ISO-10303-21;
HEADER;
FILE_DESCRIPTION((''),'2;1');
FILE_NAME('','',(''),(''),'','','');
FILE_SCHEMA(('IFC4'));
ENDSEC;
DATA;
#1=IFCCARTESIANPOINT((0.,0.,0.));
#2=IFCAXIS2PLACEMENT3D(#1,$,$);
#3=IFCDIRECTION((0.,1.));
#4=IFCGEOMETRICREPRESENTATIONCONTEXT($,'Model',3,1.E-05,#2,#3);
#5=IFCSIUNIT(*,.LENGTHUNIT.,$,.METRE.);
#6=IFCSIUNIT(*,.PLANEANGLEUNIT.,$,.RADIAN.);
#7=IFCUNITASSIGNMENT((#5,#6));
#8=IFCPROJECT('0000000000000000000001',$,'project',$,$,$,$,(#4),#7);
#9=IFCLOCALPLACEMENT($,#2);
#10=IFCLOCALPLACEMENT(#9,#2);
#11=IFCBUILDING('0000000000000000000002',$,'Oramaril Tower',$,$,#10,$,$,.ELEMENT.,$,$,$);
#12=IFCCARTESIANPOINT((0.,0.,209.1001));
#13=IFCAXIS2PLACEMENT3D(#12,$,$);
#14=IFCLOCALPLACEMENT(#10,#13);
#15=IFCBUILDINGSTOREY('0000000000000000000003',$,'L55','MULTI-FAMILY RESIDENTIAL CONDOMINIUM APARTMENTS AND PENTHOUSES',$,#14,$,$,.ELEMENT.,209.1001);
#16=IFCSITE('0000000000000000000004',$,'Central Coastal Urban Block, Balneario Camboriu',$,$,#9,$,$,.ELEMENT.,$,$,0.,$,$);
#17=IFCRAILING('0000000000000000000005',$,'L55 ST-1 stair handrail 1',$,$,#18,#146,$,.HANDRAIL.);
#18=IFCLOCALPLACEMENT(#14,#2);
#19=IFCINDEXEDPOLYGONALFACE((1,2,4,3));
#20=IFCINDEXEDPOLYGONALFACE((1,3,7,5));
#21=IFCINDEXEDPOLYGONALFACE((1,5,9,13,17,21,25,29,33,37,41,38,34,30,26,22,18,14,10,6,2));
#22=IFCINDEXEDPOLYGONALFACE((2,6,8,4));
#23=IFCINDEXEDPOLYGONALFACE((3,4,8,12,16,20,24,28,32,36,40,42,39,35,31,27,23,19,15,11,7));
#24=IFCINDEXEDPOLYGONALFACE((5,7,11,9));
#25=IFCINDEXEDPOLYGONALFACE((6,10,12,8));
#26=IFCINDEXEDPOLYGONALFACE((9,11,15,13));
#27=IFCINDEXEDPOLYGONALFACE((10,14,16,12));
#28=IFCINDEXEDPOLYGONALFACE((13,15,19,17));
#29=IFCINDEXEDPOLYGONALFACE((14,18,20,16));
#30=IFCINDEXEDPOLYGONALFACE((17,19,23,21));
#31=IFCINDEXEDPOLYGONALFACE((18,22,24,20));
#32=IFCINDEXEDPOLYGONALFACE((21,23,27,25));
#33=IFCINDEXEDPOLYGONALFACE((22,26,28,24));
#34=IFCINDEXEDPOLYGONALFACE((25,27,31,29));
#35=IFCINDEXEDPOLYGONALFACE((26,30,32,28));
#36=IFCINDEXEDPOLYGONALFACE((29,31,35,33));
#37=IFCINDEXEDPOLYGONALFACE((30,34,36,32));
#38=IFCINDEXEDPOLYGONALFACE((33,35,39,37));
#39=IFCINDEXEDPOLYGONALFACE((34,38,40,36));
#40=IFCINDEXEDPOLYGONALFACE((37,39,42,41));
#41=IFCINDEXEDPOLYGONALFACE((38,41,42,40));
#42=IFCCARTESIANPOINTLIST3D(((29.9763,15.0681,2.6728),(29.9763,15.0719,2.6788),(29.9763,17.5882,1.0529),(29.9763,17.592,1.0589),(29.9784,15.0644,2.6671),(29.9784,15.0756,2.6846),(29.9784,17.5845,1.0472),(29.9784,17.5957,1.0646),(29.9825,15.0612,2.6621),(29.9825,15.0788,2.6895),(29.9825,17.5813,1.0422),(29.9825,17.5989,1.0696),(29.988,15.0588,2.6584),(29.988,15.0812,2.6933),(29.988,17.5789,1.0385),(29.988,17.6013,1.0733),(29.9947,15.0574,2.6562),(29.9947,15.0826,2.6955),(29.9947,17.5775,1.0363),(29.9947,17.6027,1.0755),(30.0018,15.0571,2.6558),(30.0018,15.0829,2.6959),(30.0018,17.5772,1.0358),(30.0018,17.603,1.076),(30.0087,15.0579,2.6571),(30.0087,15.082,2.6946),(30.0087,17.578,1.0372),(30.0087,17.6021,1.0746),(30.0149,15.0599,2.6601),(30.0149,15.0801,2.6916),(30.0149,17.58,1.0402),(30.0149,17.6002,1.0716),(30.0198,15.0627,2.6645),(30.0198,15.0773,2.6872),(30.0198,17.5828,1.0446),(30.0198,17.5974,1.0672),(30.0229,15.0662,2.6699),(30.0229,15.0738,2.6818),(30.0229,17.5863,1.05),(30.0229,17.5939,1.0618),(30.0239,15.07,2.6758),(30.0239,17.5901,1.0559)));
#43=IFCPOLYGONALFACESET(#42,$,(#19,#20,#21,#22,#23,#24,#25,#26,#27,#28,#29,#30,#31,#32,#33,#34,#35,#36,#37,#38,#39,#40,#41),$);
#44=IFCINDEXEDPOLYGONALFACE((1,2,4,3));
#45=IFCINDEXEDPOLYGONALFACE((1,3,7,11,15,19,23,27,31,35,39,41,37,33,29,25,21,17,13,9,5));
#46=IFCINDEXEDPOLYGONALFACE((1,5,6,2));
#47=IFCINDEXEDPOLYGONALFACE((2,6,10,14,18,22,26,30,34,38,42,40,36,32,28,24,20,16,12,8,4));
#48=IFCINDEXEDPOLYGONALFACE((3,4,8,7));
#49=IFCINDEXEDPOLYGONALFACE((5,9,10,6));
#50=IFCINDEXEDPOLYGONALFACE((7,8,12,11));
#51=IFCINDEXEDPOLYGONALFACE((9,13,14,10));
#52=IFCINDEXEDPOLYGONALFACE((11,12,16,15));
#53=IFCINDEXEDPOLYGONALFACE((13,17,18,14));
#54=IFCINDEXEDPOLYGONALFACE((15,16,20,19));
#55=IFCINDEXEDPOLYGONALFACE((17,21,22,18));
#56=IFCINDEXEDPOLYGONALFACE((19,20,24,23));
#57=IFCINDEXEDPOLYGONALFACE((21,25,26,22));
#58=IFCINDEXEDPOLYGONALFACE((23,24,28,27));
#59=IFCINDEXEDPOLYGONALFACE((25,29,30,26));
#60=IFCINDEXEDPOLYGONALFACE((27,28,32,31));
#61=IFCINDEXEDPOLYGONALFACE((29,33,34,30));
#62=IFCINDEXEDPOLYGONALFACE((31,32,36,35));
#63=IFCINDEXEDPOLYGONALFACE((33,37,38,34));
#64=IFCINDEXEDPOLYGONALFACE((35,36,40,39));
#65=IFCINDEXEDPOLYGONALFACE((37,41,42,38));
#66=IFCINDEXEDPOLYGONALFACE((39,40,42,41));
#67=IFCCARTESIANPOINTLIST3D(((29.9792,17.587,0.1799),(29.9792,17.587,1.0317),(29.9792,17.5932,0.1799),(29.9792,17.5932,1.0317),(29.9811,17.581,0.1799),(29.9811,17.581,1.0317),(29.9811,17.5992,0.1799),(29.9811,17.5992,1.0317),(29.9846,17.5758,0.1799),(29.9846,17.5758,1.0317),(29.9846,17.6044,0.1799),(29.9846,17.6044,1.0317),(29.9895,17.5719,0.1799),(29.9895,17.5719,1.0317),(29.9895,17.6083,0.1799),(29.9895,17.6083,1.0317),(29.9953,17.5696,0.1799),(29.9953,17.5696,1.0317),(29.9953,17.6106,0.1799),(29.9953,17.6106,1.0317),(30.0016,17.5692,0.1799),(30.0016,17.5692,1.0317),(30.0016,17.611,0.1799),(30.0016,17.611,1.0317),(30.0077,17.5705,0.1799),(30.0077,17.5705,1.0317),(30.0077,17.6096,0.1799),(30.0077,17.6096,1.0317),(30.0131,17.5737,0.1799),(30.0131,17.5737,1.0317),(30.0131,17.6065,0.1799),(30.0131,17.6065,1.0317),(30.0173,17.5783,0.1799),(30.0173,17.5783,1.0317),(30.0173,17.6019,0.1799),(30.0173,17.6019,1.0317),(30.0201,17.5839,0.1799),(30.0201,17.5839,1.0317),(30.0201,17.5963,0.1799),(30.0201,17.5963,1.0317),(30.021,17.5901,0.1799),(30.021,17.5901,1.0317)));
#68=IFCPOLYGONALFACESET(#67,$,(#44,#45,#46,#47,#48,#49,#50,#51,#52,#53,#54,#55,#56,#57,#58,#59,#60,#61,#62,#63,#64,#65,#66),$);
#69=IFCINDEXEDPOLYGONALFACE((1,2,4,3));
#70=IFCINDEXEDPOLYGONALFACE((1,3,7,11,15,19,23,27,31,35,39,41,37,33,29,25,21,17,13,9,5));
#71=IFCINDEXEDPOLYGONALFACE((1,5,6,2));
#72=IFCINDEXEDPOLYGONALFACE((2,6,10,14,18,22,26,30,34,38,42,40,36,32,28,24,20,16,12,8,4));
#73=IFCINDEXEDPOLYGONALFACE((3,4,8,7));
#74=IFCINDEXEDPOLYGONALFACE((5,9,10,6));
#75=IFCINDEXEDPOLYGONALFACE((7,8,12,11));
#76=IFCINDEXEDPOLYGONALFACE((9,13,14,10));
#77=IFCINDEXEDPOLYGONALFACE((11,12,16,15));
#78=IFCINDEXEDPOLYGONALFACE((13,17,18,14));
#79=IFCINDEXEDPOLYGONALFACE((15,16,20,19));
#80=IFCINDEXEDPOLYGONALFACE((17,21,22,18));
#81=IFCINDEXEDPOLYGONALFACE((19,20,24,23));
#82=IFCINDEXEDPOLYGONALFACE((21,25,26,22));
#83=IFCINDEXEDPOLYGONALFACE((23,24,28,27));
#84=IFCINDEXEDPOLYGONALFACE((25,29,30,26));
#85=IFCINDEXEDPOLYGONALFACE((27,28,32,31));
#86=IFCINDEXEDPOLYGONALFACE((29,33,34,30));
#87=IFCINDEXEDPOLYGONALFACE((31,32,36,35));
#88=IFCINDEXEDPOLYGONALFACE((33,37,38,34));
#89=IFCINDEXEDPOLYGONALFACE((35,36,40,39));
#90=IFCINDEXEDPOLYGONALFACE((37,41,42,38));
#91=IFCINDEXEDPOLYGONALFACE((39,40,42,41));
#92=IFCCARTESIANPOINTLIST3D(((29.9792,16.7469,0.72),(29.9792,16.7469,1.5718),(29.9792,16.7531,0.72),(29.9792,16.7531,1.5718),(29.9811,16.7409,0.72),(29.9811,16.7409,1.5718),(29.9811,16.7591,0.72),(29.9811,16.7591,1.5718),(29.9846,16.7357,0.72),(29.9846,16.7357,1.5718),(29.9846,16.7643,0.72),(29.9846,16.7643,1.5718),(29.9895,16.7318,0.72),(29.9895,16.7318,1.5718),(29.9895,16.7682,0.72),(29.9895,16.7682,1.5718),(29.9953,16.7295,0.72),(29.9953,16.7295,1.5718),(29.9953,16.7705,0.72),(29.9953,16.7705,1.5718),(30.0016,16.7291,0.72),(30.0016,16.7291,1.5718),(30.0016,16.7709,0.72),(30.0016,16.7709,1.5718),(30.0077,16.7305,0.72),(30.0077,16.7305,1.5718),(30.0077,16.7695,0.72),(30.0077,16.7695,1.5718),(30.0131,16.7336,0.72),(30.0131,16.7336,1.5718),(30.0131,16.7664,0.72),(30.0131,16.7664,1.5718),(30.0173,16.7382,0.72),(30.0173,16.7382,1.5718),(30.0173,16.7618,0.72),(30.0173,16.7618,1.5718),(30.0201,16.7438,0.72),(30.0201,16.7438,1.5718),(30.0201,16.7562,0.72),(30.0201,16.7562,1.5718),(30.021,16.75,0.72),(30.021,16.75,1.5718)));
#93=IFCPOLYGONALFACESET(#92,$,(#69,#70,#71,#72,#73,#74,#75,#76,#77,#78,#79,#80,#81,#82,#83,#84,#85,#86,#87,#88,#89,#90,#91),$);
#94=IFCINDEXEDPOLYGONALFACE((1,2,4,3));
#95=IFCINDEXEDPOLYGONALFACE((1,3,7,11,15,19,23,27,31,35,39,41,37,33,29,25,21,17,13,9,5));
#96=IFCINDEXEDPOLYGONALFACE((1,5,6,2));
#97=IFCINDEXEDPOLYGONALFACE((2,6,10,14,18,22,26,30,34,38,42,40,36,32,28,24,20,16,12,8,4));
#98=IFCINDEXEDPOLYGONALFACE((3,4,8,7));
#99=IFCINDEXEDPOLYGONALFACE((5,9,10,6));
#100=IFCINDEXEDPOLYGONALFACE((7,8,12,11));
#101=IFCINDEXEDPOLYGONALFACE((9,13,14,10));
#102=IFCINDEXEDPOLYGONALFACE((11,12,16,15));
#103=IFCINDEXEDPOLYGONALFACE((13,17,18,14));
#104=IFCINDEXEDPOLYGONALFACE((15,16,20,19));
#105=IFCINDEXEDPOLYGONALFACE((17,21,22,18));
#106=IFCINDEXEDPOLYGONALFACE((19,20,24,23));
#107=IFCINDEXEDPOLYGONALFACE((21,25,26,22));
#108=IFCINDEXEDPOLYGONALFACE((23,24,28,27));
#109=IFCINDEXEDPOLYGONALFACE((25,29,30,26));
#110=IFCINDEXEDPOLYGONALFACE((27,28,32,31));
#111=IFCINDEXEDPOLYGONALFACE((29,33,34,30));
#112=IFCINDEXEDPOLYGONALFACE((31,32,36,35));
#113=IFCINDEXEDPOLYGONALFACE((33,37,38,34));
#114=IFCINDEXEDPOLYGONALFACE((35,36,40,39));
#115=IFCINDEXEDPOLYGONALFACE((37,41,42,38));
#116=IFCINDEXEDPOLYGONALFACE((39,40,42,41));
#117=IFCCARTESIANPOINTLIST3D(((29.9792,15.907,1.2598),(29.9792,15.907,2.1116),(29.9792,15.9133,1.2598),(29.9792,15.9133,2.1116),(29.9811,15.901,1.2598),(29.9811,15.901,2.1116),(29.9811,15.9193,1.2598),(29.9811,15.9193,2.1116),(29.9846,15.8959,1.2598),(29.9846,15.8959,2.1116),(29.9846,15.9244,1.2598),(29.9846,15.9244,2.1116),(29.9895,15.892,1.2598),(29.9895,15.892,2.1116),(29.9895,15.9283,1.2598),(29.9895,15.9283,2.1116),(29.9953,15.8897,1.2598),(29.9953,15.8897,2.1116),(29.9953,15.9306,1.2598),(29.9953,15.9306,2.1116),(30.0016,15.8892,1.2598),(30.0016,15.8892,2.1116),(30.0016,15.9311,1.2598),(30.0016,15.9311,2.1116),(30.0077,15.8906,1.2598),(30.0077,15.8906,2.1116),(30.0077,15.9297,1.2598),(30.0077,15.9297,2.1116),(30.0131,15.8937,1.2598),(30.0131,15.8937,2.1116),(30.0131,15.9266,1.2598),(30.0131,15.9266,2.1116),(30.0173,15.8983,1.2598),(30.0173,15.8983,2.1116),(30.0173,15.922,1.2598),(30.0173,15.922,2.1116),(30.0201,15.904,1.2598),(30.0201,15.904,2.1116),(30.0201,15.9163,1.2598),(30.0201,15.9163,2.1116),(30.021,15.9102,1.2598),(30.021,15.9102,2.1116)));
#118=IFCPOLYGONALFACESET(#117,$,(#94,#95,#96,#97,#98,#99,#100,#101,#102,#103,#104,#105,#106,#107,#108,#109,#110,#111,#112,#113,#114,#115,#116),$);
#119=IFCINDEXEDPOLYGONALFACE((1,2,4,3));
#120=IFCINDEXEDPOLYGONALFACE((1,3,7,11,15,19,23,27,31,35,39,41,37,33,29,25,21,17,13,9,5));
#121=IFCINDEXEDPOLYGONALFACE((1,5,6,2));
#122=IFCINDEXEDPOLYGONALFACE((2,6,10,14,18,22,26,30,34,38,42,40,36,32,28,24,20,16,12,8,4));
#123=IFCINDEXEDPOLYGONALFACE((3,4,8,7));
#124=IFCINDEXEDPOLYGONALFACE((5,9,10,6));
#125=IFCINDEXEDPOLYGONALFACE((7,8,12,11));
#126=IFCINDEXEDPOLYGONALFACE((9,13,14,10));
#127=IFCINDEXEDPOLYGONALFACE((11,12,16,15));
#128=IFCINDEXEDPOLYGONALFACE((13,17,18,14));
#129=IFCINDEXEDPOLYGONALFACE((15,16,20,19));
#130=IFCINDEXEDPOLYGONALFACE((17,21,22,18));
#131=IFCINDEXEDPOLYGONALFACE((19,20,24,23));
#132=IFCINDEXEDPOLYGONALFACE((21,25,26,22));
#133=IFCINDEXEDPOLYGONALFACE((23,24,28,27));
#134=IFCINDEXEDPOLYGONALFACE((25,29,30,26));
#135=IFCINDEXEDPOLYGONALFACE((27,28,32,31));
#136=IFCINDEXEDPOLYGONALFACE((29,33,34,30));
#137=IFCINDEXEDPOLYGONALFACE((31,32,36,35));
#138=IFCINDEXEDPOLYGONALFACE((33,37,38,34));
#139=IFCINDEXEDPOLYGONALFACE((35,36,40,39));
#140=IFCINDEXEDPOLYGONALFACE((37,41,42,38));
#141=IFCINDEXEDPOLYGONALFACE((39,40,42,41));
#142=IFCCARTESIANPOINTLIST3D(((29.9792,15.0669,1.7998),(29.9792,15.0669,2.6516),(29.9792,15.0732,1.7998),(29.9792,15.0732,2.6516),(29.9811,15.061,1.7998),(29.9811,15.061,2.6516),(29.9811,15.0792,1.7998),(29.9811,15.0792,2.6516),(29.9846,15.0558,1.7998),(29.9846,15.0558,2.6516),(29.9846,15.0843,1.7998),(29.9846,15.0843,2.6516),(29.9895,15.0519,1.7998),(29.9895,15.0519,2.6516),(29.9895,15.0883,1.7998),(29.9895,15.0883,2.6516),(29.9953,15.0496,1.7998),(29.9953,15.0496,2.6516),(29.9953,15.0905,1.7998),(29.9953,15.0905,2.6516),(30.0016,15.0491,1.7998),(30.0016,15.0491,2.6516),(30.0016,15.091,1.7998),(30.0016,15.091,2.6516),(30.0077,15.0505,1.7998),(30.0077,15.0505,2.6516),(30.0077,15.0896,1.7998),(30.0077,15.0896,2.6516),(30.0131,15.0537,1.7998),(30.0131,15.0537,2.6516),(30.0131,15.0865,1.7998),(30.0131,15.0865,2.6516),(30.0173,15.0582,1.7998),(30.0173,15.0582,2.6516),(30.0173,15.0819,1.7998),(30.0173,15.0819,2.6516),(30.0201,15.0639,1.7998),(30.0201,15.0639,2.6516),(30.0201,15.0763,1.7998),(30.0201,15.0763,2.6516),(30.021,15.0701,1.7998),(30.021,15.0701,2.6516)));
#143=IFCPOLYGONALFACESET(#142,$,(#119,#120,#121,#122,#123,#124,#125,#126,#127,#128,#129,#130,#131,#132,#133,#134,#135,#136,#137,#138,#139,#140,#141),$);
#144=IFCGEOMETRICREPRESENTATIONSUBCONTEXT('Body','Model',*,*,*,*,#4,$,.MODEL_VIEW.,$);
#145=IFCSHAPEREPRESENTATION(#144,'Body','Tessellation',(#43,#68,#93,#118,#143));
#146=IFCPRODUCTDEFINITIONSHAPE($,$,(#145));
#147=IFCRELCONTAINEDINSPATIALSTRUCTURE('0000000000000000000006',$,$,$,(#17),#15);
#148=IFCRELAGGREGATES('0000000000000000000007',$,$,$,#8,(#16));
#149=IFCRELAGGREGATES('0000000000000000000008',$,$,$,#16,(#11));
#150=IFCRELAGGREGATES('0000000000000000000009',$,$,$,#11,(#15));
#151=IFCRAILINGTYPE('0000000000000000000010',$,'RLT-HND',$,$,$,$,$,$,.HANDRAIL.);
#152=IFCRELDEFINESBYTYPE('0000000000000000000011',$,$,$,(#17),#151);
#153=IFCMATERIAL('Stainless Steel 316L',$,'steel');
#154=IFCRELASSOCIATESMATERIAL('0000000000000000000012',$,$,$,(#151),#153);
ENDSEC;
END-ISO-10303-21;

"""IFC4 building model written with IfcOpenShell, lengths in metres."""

from ifc_helpers import new_model, si_unit, direction, frame, origin, origin_2d, place, context, subcontext, project, spatial, circle, extrude, material, type_object, element, save


model = new_model("IFC4")

# Units and contexts
model_context = context("Model", 3, precision=1e-05, world=origin(), true_north=direction((0.0, 1.0)))
body_context = subcontext(model_context, "Body", "Model", "MODEL_VIEW")
ifc_project = project(units=[si_unit("LENGTHUNIT", "METRE"), si_unit("PLANEANGLEUNIT", "RADIAN")], contexts=[model_context])

# Site, building, storey
site_placement = place(None, origin())
site = spatial("IfcSite", under=ifc_project, at=site_placement, Name="Central Coastal Urban Block, Balneario Camboriu", CompositionType="ELEMENT", RefElevation=0.0)
building_placement = place(site_placement, origin())
building = spatial("IfcBuilding", under=site, at=building_placement, Name="Oramaril Tower", CompositionType="ELEMENT")
storey_placement = place(building_placement, frame((0.0, 0.0, 209.1001)))
storey = spatial("IfcBuildingStorey", under=building, at=storey_placement, Name="L55", Description="MULTI-FAMILY RESIDENTIAL CONDOMINIUM APARTMENTS AND PENTHOUSES", CompositionType="ELEMENT", Elevation=209.1001)

# Railing
ifc_material_1 = material(Name="Stainless Steel 316L", Category="steel")
railing_type_1 = type_object("IfcRailingType", Name="RLT-HND", PredefinedType="HANDRAIL", material=ifc_material_1)
railing_1_placement = place(storey_placement, frame((30.0, 17.5901, 0.1799)))
element("IfcRailing", 1, at=railing_1_placement, inside=storey, type_object=railing_type_1, Name="L55 ST-1 stair handrail 1", PredefinedType="HANDRAIL", context=body_context, shape_type="SweptSolid", body=[
    extrude(circle(Radius=0.0239, at=origin_2d()), frame((0.0, 0.0, 0.876), z_axis=(0.0, -0.8412, 0.540725), x_axis=(1.0, 0.0, 0.0)), (0.0, 0.0, 1.0), 2.9958),
    extrude(circle(Radius=0.021, at=origin_2d()), origin(), (0.0, 0.0, 1.0), 0.8518),
    extrude(circle(Radius=0.021, at=origin_2d()), frame((0.0, -0.8401, 0.54)), (0.0, 0.0, 1.0), 0.8518),
    extrude(circle(Radius=0.021, at=origin_2d()), frame((0.0, -1.6799, 1.0798)), (0.0, 0.0, 1.0), 0.8518),
    extrude(circle(Radius=0.021, at=origin_2d()), frame((0.0, -2.52, 1.6199)), (0.0, 0.0, 1.0), 0.8518),
])

save(model, "model.ifc")
